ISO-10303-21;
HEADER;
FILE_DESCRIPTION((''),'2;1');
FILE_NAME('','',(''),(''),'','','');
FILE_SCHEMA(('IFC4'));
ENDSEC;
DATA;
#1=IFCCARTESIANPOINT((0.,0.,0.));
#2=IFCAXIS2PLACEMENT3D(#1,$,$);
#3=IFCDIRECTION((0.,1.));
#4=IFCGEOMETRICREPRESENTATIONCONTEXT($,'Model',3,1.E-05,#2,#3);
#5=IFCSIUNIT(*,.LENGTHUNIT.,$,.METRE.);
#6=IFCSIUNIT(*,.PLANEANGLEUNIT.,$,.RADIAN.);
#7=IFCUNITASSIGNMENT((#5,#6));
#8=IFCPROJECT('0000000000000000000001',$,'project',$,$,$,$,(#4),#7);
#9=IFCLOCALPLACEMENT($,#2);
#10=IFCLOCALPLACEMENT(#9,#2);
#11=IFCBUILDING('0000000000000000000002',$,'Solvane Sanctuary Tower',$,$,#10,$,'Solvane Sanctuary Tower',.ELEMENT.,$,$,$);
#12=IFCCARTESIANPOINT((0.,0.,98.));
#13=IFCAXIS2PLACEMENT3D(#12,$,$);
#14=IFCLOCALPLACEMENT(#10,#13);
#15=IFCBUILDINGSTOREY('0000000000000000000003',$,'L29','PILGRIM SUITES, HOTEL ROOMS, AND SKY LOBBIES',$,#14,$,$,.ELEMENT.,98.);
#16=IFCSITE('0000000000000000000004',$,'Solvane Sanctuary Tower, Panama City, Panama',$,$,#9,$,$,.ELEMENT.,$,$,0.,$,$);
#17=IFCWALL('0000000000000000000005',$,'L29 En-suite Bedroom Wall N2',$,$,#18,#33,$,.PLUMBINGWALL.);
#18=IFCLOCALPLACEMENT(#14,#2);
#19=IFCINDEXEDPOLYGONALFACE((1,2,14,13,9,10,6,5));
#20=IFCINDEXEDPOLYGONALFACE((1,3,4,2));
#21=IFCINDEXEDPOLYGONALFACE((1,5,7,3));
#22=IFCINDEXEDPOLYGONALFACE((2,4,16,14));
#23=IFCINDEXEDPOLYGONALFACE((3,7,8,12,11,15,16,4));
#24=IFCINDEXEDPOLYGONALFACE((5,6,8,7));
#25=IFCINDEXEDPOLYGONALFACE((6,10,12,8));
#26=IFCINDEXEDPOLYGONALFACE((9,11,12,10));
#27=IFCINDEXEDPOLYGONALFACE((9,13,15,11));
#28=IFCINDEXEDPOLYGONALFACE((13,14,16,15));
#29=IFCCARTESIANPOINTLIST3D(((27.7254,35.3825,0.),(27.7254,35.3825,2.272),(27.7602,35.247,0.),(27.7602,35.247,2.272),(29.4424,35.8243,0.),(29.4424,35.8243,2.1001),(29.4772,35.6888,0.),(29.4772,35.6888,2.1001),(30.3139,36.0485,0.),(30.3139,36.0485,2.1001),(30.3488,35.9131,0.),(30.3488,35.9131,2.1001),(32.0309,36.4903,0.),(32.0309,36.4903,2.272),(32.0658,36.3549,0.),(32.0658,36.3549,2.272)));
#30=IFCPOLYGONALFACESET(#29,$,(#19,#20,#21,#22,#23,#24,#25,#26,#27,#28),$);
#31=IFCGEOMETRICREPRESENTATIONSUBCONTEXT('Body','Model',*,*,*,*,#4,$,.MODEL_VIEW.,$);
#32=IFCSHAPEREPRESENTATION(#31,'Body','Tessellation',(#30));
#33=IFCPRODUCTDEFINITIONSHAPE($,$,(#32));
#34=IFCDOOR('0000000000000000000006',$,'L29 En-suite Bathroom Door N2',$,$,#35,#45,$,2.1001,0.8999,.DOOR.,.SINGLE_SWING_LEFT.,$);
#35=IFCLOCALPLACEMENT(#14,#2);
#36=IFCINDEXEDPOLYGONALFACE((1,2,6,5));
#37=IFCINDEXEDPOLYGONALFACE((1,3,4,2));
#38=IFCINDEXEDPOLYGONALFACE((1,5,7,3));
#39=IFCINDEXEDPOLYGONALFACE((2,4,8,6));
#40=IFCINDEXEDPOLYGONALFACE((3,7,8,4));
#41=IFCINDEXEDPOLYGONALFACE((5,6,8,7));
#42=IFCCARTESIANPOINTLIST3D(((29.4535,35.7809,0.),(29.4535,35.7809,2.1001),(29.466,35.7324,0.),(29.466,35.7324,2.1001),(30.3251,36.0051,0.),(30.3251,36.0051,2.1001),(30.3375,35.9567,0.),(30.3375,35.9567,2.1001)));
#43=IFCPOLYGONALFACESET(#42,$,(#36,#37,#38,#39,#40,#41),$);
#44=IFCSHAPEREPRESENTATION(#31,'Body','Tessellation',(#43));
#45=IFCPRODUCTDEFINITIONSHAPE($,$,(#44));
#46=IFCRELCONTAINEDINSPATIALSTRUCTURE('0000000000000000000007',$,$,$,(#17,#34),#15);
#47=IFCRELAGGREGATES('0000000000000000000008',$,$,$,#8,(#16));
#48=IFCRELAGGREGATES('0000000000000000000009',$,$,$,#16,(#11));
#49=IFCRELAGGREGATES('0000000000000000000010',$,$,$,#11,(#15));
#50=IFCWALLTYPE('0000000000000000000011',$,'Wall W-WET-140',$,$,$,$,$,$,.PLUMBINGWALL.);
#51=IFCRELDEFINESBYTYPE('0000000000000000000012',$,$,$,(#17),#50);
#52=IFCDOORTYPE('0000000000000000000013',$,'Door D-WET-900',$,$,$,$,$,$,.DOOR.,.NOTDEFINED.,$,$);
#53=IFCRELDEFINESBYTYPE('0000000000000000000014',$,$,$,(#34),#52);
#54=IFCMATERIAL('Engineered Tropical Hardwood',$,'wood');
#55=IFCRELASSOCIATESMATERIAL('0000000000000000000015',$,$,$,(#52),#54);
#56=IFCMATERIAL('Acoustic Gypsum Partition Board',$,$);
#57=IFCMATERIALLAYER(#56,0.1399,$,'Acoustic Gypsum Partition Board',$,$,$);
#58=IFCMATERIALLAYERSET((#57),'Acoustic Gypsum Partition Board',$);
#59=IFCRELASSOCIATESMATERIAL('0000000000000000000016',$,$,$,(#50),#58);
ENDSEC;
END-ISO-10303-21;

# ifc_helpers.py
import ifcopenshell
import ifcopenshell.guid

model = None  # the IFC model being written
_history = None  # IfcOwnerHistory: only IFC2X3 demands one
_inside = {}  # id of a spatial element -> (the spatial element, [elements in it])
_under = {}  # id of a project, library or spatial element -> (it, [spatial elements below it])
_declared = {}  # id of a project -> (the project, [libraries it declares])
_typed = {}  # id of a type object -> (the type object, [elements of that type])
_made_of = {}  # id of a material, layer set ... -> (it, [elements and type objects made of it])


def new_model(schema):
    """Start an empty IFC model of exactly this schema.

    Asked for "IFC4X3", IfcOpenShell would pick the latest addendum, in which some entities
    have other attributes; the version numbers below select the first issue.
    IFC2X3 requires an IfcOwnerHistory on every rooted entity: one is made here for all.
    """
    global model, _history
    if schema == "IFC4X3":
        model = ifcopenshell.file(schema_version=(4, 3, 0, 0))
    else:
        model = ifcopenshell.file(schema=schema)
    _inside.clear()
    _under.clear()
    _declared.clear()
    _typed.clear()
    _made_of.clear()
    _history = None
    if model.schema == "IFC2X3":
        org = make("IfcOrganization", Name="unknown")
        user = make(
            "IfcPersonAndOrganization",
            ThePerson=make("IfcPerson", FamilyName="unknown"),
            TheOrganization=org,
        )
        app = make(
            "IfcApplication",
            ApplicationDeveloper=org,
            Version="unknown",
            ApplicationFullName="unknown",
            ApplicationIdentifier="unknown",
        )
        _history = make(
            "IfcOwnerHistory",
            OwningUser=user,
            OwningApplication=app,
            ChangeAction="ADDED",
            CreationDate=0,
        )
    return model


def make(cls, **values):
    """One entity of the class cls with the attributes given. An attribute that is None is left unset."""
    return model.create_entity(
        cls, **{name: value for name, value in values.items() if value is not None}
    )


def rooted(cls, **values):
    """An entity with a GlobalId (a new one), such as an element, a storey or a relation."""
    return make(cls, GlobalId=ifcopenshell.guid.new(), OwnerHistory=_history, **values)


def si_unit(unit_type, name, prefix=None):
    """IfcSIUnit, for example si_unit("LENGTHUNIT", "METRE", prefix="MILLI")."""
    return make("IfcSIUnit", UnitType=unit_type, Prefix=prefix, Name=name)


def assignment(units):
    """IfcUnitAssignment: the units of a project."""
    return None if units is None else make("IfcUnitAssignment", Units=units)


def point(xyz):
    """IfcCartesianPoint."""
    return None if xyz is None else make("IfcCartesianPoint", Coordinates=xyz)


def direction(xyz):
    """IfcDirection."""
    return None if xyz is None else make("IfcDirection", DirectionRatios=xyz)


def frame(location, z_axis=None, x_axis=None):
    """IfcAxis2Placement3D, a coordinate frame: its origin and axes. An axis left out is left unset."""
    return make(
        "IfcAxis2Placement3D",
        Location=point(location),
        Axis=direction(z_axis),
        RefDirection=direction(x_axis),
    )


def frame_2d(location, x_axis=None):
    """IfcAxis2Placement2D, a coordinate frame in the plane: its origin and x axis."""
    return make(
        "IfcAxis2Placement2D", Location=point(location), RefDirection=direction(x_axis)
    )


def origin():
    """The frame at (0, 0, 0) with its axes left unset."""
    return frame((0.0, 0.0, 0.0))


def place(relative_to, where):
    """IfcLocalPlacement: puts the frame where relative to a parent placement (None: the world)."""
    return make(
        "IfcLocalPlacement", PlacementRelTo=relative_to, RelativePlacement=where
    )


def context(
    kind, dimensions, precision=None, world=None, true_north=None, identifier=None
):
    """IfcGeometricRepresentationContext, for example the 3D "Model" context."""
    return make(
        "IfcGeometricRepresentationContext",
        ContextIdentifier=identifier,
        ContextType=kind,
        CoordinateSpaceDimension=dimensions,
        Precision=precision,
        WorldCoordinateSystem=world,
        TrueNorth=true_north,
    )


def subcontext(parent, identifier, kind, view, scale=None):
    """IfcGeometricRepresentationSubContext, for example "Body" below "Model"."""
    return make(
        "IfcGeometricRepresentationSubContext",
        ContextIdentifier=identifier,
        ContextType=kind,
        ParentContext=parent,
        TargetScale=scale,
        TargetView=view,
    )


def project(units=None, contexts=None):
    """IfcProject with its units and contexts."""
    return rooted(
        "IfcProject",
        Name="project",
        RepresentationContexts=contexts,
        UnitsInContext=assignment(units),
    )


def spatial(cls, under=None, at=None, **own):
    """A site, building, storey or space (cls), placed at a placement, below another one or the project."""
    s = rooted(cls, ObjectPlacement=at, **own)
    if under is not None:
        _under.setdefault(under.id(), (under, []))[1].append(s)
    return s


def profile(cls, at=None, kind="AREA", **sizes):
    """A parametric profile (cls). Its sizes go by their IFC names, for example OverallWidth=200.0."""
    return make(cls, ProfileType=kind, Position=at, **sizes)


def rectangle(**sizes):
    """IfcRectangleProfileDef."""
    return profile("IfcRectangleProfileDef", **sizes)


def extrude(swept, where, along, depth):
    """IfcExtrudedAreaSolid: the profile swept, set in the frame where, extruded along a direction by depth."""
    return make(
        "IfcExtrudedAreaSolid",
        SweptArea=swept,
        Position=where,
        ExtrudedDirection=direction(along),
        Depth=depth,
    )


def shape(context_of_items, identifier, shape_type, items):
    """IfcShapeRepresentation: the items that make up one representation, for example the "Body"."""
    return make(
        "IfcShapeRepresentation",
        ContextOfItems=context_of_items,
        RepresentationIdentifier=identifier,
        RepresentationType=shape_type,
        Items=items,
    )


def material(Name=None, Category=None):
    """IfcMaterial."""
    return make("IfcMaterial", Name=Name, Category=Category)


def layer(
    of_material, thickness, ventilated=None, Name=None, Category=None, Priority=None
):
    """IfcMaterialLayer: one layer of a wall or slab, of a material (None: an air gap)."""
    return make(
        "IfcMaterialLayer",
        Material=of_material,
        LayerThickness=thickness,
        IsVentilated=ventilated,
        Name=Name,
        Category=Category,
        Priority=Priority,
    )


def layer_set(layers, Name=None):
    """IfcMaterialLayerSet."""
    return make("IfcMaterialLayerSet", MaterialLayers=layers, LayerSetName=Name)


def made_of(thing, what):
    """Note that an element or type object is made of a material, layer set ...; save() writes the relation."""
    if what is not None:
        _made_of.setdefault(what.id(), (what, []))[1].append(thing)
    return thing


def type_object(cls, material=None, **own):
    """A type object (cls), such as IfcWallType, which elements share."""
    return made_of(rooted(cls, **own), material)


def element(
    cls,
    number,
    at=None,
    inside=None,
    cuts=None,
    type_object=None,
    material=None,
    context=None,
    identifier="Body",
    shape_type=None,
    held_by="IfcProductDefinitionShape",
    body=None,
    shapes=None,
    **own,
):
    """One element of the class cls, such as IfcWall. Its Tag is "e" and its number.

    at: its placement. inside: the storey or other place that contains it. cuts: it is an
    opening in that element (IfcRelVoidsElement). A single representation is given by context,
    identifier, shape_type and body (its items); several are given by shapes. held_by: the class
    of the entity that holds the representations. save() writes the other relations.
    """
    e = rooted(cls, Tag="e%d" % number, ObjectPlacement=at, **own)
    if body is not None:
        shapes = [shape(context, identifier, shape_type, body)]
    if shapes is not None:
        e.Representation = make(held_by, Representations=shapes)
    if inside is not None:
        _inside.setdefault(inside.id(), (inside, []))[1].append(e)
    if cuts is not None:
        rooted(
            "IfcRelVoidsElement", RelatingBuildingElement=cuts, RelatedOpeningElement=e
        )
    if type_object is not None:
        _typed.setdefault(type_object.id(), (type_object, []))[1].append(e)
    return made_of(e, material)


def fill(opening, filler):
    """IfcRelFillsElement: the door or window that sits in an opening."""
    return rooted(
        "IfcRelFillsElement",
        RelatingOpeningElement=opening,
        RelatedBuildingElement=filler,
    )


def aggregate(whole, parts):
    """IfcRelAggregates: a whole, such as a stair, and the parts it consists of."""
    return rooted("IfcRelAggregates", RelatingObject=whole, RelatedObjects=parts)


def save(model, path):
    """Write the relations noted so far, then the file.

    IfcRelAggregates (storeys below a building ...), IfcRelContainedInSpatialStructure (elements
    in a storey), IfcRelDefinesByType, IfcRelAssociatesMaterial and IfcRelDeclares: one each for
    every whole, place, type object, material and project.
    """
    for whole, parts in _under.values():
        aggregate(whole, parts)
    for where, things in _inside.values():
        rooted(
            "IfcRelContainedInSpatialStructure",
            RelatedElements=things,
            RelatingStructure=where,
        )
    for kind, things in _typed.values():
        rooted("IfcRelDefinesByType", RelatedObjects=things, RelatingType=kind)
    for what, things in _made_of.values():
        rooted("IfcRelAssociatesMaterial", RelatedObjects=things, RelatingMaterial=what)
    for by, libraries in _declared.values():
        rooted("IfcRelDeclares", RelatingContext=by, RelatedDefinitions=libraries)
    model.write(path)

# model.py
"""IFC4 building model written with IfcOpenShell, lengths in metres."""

from ifc_helpers import new_model, si_unit, direction, frame, frame_2d, origin, place, context, subcontext, project, spatial, rectangle, extrude, material, layer, layer_set, type_object, element, fill, save


model = new_model("IFC4")

# Units and contexts
model_context = context("Model", 3, precision=1e-05, world=origin(), true_north=direction((0.0, 1.0)))
body_context = subcontext(model_context, "Body", "Model", "MODEL_VIEW")
ifc_project = project(units=[si_unit("LENGTHUNIT", "METRE"), si_unit("PLANEANGLEUNIT", "RADIAN")], contexts=[model_context])

# Site, building, storey
site_placement = place(None, origin())
site = spatial("IfcSite", under=ifc_project, at=site_placement, Name="Solvane Sanctuary Tower, Panama City, Panama", CompositionType="ELEMENT", RefElevation=0.0)
building_placement = place(site_placement, origin())
building = spatial("IfcBuilding", under=site, at=building_placement, Name="Solvane Sanctuary Tower", LongName="Solvane Sanctuary Tower", CompositionType="ELEMENT")
storey_placement = place(building_placement, frame((0.0, 0.0, 98.0)))
storey = spatial("IfcBuildingStorey", under=building, at=storey_placement, Name="L29", Description="PILGRIM SUITES, HOTEL ROOMS, AND SKY LOBBIES", CompositionType="ELEMENT", Elevation=98.0)

# Shared definitions
ifc_material_1 = material(Name="Acoustic Gypsum Partition Board")

# Shared definitions
ifc_material_2 = material(Name="Engineered Tropical Hardwood", Category="wood")
door_type_1 = type_object("IfcDoorType", Name="Door D-WET-900", OperationType="NOTDEFINED", PredefinedType="DOOR", material=ifc_material_2)

# Shared definitions
ifc_layer_1 = layer(ifc_material_1, 0.1399, Name="Acoustic Gypsum Partition Board")
ifc_layer_set_1 = layer_set([ifc_layer_1], Name="Acoustic Gypsum Partition Board")
wall_type_1 = type_object("IfcWallType", Name="Wall W-WET-140", PredefinedType="PLUMBINGWALL", material=ifc_layer_set_1)

# Wall, opening, door
wall_1_placement = place(storey_placement, frame((32.0483, 36.4226, 0.0), z_axis=(0.0, 0.0, 1.0), x_axis=(-0.968453, -0.249197, 0.0)))
wall_1 = element("IfcWall", 1, at=wall_1_placement, inside=storey, type_object=wall_type_1, Name="L29 En-suite Bedroom Wall N2", PredefinedType="PLUMBINGWALL", context=body_context, shape_type="SweptSolid", body=[
    extrude(rectangle(XDim=4.4458, YDim=0.1399, at=frame_2d((2.2229, 0.0))), origin(), (0.0, 0.0, 1.0), 2.272),
])
opening_1_placement = place(wall_1_placement, frame((1.7729, 0.0, 0.0)))
opening_1 = element("IfcOpeningElement", 2, at=opening_1_placement, cuts=wall_1, PredefinedType="OPENING", context=body_context, shape_type="SweptSolid", body=[
    extrude(rectangle(XDim=0.8999, YDim=2.1001, at=frame_2d((0.45, 1.05))), frame((0.0, 0.0798, 0.0), z_axis=(0.0, -1.0, 0.0), x_axis=(1.0, 0.0, 0.0)), (0.0, 0.0, 1.0), 0.1599),
])
door_1_placement = place(opening_1_placement, origin())
door_1 = element("IfcDoor", 3, at=door_1_placement, inside=storey, type_object=door_type_1, Name="L29 En-suite Bathroom Door N2", OperationType="SINGLE_SWING_LEFT", OverallHeight=2.1001, OverallWidth=0.8999, PredefinedType="DOOR", context=body_context, shape_type="SweptSolid", body=[
    extrude(rectangle(XDim=0.8999, YDim=2.1001, at=frame_2d((0.45, 1.05))), frame((0.0, 0.0249, 0.0), z_axis=(0.0, -1.0, 0.0), x_axis=(1.0, 0.0, 0.0)), (0.0, 0.0, 1.0), 0.05),
])
fill(opening_1, door_1)

save(model, "model.ifc")
